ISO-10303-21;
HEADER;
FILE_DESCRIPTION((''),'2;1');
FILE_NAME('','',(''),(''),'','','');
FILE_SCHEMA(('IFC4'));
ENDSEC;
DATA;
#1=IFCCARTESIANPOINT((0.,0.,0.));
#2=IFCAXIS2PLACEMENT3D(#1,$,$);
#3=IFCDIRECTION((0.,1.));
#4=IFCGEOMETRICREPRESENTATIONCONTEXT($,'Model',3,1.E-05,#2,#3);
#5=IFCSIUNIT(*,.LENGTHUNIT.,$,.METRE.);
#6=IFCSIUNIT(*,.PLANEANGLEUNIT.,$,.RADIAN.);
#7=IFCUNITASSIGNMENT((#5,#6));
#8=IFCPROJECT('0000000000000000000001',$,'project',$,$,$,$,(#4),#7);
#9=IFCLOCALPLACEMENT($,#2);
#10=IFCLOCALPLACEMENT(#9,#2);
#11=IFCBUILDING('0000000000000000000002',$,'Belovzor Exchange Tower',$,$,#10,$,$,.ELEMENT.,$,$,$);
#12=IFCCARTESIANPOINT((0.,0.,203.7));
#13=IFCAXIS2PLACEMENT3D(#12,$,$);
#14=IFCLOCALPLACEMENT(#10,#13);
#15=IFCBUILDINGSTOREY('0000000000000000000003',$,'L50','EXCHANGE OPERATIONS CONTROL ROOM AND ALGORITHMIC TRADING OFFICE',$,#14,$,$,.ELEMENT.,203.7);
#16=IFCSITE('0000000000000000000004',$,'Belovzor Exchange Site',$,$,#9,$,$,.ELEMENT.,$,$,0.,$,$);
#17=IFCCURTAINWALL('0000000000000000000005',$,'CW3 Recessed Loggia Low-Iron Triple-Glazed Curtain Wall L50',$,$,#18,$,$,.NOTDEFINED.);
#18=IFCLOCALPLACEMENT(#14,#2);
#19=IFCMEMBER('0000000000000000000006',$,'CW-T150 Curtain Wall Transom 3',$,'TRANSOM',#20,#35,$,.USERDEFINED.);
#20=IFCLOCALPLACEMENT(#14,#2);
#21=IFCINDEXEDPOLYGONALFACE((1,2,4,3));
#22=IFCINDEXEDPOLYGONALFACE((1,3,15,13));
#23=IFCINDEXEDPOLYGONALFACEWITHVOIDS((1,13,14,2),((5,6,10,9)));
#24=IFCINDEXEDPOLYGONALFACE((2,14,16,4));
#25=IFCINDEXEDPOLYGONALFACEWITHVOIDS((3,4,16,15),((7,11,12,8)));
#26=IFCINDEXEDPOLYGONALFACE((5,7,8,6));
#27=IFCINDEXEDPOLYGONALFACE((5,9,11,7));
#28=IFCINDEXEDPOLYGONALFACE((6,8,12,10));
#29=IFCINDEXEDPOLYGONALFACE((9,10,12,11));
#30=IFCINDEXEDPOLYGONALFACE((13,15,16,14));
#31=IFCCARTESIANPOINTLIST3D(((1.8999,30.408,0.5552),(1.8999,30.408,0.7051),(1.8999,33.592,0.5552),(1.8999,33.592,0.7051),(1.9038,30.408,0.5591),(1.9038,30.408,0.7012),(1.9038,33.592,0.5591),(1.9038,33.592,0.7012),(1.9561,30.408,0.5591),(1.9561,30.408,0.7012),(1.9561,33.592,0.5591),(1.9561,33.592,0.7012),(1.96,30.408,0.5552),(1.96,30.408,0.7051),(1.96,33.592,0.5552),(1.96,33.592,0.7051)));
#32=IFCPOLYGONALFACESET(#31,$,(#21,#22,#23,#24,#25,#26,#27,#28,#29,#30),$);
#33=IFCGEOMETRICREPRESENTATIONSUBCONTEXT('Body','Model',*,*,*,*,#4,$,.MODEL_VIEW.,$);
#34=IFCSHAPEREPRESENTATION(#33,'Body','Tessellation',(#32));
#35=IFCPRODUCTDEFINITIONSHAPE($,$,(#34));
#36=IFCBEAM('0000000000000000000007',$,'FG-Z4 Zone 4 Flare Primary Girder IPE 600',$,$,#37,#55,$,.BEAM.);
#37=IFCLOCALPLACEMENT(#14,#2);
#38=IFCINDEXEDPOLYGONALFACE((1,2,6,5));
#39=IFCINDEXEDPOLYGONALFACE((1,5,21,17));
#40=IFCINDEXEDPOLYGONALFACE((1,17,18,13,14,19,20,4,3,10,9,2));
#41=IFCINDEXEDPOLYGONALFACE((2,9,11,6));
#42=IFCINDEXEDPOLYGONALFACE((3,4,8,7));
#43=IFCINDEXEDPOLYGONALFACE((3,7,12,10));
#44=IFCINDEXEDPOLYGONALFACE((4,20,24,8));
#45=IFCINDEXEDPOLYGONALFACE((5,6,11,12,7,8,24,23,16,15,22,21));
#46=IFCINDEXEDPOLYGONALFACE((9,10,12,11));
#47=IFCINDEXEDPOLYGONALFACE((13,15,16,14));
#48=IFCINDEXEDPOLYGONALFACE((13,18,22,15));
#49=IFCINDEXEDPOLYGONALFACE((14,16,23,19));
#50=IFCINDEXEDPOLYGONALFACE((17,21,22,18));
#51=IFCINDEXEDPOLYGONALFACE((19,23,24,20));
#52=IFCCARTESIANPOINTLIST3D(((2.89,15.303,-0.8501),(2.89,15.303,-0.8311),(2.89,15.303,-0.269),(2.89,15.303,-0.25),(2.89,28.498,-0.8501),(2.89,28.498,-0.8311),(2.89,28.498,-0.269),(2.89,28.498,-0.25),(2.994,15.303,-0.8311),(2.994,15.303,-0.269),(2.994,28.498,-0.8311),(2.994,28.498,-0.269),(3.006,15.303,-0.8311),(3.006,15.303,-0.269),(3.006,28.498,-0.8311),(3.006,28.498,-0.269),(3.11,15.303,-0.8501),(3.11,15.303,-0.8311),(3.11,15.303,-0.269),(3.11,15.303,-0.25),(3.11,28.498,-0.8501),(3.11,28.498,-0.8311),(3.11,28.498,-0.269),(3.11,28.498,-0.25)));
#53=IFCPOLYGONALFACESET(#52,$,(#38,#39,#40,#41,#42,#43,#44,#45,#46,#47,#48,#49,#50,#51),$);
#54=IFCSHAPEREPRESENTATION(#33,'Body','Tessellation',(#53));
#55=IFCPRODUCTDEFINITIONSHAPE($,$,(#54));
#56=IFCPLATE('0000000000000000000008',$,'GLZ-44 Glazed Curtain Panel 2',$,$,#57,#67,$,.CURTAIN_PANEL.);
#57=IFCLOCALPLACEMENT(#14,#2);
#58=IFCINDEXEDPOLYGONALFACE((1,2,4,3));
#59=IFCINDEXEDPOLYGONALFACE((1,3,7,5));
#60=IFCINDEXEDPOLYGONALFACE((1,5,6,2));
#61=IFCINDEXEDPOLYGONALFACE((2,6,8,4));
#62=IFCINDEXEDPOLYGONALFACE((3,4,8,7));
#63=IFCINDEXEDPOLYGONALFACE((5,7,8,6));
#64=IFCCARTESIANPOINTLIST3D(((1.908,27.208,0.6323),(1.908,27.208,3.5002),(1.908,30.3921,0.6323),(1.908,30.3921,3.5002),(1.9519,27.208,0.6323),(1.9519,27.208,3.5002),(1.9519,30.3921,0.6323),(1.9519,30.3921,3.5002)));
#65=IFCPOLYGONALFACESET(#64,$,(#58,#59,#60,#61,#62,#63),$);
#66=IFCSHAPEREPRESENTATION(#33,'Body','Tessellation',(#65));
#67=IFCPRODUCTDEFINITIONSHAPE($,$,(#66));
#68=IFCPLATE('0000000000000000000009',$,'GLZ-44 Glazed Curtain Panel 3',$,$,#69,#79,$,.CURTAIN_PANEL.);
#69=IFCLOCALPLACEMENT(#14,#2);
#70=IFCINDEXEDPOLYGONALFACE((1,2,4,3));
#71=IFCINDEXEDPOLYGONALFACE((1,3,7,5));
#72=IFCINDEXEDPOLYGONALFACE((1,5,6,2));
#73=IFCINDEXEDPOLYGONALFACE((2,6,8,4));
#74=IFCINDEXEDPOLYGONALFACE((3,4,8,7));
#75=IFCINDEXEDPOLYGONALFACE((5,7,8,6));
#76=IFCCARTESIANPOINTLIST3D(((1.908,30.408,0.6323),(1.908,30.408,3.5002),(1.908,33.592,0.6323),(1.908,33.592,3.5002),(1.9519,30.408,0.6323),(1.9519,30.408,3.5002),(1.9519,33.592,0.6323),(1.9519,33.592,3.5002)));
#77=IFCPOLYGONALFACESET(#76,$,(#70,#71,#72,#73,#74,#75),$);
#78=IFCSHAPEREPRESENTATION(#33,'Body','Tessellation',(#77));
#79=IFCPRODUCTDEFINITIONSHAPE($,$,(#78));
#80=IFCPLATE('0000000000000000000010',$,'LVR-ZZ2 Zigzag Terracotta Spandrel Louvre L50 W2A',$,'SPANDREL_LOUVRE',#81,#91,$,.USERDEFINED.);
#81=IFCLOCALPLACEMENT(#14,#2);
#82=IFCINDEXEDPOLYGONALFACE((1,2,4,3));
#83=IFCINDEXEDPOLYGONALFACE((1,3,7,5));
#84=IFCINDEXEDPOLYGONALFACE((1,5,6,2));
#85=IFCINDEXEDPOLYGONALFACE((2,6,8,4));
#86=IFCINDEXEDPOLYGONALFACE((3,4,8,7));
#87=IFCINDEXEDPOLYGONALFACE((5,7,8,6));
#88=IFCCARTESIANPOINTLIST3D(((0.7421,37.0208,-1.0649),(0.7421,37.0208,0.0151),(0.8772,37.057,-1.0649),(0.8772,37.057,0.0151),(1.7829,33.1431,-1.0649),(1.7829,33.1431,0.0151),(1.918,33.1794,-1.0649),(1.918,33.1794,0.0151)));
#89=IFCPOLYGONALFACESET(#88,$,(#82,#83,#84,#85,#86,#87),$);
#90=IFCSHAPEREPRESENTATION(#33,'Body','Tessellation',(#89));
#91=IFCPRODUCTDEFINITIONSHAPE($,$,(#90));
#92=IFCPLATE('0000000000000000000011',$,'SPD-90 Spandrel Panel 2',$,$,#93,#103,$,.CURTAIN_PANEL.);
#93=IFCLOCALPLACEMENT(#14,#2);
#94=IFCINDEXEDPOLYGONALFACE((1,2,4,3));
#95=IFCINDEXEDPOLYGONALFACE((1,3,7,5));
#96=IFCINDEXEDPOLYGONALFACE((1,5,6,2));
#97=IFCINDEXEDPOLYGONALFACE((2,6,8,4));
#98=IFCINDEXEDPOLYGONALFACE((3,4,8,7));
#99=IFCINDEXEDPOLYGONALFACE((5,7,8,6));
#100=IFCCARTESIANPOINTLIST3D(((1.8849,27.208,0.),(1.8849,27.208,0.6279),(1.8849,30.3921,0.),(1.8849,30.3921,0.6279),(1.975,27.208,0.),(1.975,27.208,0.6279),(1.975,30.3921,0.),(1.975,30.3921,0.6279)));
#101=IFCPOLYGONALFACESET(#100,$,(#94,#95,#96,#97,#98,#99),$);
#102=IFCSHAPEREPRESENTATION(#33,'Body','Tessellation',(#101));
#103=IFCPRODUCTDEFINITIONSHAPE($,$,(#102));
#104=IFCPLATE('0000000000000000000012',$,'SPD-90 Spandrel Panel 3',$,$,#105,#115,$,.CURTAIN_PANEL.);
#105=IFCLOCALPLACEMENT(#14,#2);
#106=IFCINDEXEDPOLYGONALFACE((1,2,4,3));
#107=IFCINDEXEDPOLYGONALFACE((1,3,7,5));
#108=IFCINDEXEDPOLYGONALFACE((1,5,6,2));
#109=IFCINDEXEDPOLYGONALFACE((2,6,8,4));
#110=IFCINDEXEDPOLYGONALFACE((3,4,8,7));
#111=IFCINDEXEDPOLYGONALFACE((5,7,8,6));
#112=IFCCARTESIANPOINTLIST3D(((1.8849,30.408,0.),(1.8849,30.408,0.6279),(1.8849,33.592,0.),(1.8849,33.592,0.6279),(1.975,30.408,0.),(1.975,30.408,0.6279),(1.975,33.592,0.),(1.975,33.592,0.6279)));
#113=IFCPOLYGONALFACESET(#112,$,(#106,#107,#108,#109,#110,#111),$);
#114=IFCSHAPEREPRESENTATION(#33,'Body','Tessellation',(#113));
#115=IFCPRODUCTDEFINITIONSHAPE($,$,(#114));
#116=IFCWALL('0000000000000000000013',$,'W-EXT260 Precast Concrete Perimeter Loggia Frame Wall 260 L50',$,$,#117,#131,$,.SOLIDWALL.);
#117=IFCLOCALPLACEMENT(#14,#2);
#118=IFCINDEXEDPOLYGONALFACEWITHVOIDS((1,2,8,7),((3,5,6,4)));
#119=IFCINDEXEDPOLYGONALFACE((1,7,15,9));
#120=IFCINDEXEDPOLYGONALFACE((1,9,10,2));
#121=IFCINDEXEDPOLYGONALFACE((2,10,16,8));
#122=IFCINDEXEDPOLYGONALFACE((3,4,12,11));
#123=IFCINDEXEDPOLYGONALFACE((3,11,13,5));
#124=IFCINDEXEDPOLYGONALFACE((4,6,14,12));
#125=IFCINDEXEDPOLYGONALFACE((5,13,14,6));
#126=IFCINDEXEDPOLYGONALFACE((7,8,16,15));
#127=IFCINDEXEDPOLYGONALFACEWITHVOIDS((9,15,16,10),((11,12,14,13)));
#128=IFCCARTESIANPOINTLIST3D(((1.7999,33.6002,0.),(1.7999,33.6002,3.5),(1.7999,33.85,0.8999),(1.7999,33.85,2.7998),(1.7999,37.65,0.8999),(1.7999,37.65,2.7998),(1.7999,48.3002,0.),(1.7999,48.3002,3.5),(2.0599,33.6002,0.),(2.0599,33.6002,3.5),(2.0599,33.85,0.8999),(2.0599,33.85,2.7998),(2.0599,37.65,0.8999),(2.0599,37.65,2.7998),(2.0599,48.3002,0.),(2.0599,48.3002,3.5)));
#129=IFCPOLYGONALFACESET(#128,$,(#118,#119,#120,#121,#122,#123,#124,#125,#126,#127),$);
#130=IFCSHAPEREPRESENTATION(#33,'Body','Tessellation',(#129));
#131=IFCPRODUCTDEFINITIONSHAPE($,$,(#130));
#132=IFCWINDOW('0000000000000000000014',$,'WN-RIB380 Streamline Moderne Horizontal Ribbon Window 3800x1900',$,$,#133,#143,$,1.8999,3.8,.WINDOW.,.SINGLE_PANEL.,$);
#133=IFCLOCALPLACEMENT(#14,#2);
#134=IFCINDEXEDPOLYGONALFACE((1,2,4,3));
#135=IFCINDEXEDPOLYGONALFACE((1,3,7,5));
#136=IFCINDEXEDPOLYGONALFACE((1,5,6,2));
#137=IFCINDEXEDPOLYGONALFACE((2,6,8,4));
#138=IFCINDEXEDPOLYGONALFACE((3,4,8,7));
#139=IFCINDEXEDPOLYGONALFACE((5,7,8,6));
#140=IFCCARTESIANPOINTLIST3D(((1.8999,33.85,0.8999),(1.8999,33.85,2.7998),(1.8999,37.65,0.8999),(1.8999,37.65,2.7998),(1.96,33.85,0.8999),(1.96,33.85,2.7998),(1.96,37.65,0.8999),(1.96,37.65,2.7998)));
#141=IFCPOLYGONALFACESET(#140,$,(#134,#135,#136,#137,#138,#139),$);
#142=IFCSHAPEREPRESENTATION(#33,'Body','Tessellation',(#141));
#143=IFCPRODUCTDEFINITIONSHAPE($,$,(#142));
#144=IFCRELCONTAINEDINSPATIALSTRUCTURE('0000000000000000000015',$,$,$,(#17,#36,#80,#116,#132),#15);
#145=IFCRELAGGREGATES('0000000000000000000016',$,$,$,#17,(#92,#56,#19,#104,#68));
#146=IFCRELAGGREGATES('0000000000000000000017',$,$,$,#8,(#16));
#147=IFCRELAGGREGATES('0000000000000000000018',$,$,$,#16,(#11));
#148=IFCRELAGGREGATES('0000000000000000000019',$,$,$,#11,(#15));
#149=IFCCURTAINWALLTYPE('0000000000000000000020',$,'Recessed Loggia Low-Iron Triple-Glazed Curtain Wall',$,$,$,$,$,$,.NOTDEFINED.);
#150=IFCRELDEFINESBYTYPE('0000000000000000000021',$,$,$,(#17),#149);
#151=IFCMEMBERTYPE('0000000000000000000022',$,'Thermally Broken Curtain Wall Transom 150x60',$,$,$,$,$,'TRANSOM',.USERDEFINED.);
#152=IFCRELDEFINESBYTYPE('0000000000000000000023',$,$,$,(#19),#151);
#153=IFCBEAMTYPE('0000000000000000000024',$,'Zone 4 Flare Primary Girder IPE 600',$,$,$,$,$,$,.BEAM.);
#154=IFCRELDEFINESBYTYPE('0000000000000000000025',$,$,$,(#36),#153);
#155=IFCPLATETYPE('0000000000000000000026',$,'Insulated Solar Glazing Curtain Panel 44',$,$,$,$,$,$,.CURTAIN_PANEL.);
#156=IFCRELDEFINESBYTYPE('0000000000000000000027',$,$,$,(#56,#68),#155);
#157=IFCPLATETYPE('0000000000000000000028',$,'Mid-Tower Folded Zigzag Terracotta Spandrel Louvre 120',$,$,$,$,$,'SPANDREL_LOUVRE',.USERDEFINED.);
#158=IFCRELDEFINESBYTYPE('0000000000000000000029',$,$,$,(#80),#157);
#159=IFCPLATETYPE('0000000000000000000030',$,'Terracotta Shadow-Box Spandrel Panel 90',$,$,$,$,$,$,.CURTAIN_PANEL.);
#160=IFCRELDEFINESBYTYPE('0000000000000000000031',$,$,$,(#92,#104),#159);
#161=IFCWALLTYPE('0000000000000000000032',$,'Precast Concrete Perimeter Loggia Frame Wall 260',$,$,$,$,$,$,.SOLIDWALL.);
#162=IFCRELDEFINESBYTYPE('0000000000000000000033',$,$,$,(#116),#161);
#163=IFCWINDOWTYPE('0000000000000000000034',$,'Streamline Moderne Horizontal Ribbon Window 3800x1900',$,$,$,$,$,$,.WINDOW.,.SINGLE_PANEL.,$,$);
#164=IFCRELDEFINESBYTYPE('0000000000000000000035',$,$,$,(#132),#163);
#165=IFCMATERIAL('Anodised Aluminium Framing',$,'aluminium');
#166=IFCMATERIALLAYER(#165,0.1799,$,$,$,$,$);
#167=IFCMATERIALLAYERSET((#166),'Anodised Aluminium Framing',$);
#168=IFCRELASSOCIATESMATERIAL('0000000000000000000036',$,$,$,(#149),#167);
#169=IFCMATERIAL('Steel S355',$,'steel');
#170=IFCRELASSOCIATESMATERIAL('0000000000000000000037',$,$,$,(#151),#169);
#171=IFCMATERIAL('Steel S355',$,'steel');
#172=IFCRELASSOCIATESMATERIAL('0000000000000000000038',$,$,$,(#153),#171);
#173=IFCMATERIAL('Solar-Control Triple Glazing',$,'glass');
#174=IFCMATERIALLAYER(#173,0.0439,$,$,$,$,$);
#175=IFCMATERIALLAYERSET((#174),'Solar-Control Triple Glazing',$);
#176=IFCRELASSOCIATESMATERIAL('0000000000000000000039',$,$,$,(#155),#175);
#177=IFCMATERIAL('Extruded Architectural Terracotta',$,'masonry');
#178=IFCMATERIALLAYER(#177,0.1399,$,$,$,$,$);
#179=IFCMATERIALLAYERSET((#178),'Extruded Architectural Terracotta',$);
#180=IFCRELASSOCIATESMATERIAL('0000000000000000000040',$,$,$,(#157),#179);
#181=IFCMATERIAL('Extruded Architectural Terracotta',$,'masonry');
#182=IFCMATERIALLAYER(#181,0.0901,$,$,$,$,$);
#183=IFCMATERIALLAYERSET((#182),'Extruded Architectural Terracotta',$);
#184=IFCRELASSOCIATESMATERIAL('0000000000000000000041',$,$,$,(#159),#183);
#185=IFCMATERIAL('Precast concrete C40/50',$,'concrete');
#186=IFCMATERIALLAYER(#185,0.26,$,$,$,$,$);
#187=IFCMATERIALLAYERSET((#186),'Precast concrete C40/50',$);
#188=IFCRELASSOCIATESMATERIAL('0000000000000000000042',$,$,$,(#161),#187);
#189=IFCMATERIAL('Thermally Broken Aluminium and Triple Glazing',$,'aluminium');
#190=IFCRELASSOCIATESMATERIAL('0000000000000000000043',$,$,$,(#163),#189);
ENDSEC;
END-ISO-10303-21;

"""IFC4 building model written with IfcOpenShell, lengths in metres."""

from ifc_helpers import new_model, si_unit, direction, frame, frame_2d, origin, origin_2d, place, context, subcontext, project, spatial, rectangle, hollow_rectangle, i_section, extrude, material, layer, layer_set, material_profile, profile_set, type_object, element, fill, aggregate, save


model = new_model("IFC4")

# Units and contexts
model_context = context("Model", 3, precision=1e-05, world=origin(), true_north=direction((0.0, 1.0)))
body_context = subcontext(model_context, "Body", "Model", "MODEL_VIEW")
ifc_project = project(units=[si_unit("LENGTHUNIT", "METRE"), si_unit("PLANEANGLEUNIT", "RADIAN")], contexts=[model_context])

# Site, building, storey
site_placement = place(None, origin())
site = spatial("IfcSite", under=ifc_project, at=site_placement, Name="Belovzor Exchange Site", CompositionType="ELEMENT", RefElevation=0.0)
building_placement = place(site_placement, origin())
building = spatial("IfcBuilding", under=site, at=building_placement, Name="Belovzor Exchange Tower", CompositionType="ELEMENT")
storey_placement = place(building_placement, frame((0.0, 0.0, 203.7)))
storey = spatial("IfcBuildingStorey", under=building, at=storey_placement, Name="L50", Description="EXCHANGE OPERATIONS CONTROL ROOM AND ALGORITHMIC TRADING OFFICE", CompositionType="ELEMENT", Elevation=203.7)

# Curtain wall, member
ifc_material_1 = material(Name="Anodised Aluminium Framing", Category="aluminium")
ifc_layer_1 = layer(ifc_material_1, 0.1799)
ifc_layer_set_1 = layer_set([ifc_layer_1], Name="Anodised Aluminium Framing")
curtain_wall_type = type_object("IfcCurtainWallType", Name="Recessed Loggia Low-Iron Triple-Glazed Curtain Wall", PredefinedType="NOTDEFINED", material=ifc_layer_set_1)
curtain_wall_placement = place(storey_placement, origin())
curtain_wall = element("IfcCurtainWall", 1, at=curtain_wall_placement, inside=storey, type_object=curtain_wall_type, Name="CW3 Recessed Loggia Low-Iron Triple-Glazed Curtain Wall L50", PredefinedType="NOTDEFINED")
ifc_material_2 = material(Name="Steel S355", Category="steel")
ifc_material_profile_1 = material_profile(ifc_material_2, hollow_rectangle(XDim=0.0601, YDim=0.1499, WallThickness=0.0039, at=origin_2d()))
ifc_profile_set_1 = profile_set([ifc_material_profile_1], Name="Steel S355")
member_type_1 = type_object("IfcMemberType", Name="Thermally Broken Curtain Wall Transom 150x60", ElementType="TRANSOM", PredefinedType="USERDEFINED", material=ifc_profile_set_1)
member_1_placement = place(storey_placement, frame((1.9299, 30.408, 0.6301), z_axis=(0.0, 1.0, 0.0), x_axis=(-1.0, 0.0, 0.0)))
member_1 = element("IfcMember", 2, at=member_1_placement, type_object=member_type_1, Name="CW-T150 Curtain Wall Transom 3", ObjectType="TRANSOM", PredefinedType="USERDEFINED", context=body_context, shape_type="SweptSolid", body=[
    extrude(hollow_rectangle(XDim=0.0601, YDim=0.1499, WallThickness=0.0039, at=origin_2d()), origin(), (0.0, 0.0, 1.0), 3.1841),
])

# Beam
ifc_material_3 = material(Name="Steel S355", Category="steel")
ifc_material_profile_2 = material_profile(ifc_material_3, i_section(OverallWidth=0.22, OverallDepth=0.6001, WebThickness=0.012, FlangeThickness=0.019, at=origin_2d()))
ifc_profile_set_2 = profile_set([ifc_material_profile_2], Name="Steel S355")
beam_type_1 = type_object("IfcBeamType", Name="Zone 4 Flare Primary Girder IPE 600", PredefinedType="BEAM", material=ifc_profile_set_2)
beam_1_placement = place(storey_placement, frame((3.0, 28.498, -0.55), z_axis=(0.0, -1.0, 0.0), x_axis=(1.0, 0.0, 0.0)))
element("IfcBeam", 3, at=beam_1_placement, inside=storey, type_object=beam_type_1, Name="FG-Z4 Zone 4 Flare Primary Girder IPE 600", PredefinedType="BEAM", context=body_context, shape_type="SweptSolid", body=[
    extrude(i_section(OverallWidth=0.22, OverallDepth=0.6001, WebThickness=0.012, FlangeThickness=0.019, at=origin_2d()), origin(), (0.0, 0.0, 1.0), 13.1951),
])

# Plates
ifc_material_4 = material(Name="Solar-Control Triple Glazing", Category="glass")
ifc_layer_2 = layer(ifc_material_4, 0.0439)
ifc_layer_set_2 = layer_set([ifc_layer_2], Name="Solar-Control Triple Glazing")
plate_type_1 = type_object("IfcPlateType", Name="Insulated Solar Glazing Curtain Panel 44", PredefinedType="CURTAIN_PANEL", material=ifc_layer_set_2)
plate_1_placement = place(storey_placement, frame((1.9299, 28.8, 0.6323), z_axis=(0.0, 0.0, 1.0), x_axis=(0.0, 1.0, 0.0)))
plate_1 = element("IfcPlate", 4, at=plate_1_placement, type_object=plate_type_1, Name="GLZ-44 Glazed Curtain Panel 2", PredefinedType="CURTAIN_PANEL", context=body_context, shape_type="SweptSolid", body=[
    extrude(rectangle(XDim=3.1841, YDim=0.0439, at=origin_2d()), origin(), (0.0, 0.0, 1.0), 2.8679),
])
plate_2_placement = place(storey_placement, frame((1.9299, 32.0, 0.6323), z_axis=(0.0, 0.0, 1.0), x_axis=(0.0, 1.0, 0.0)))
plate_2 = element("IfcPlate", 5, at=plate_2_placement, type_object=plate_type_1, Name="GLZ-44 Glazed Curtain Panel 3", PredefinedType="CURTAIN_PANEL", context=body_context, shape_type="SweptSolid", body=[
    extrude(rectangle(XDim=3.1841, YDim=0.0439, at=origin_2d()), origin(), (0.0, 0.0, 1.0), 2.8679),
])
ifc_material_5 = material(Name="Extruded Architectural Terracotta", Category="masonry")
ifc_layer_3 = layer(ifc_material_5, 0.1399)
ifc_layer_set_3 = layer_set([ifc_layer_3], Name="Extruded Architectural Terracotta")
plate_type_2 = type_object("IfcPlateType", Name="Mid-Tower Folded Zigzag Terracotta Spandrel Louvre 120", ElementType="SPANDREL_LOUVRE", PredefinedType="USERDEFINED", material=ifc_layer_set_3)
plate_3_placement = place(storey_placement, frame((1.3301, 35.1001, -1.0649), z_axis=(0.0, 0.0, 1.0), x_axis=(-0.25924, 0.965813, 0.0)))
element("IfcPlate", 6, at=plate_3_placement, inside=storey, type_object=plate_type_2, Name="LVR-ZZ2 Zigzag Terracotta Spandrel Louvre L50 W2A", ObjectType="SPANDREL_LOUVRE", PredefinedType="USERDEFINED", context=body_context, shape_type="SweptSolid", body=[
    extrude(rectangle(XDim=4.0149, YDim=0.1399, at=origin_2d()), origin(), (0.0, 0.0, 1.0), 1.0801),
])
ifc_material_6 = material(Name="Extruded Architectural Terracotta", Category="masonry")
ifc_layer_4 = layer(ifc_material_6, 0.0901)
ifc_layer_set_4 = layer_set([ifc_layer_4], Name="Extruded Architectural Terracotta")
plate_type_3 = type_object("IfcPlateType", Name="Terracotta Shadow-Box Spandrel Panel 90", PredefinedType="CURTAIN_PANEL", material=ifc_layer_set_4)
plate_4_placement = place(storey_placement, frame((1.9299, 28.8, 0.0), z_axis=(0.0, 0.0, 1.0), x_axis=(0.0, 1.0, 0.0)))
plate_4 = element("IfcPlate", 7, at=plate_4_placement, type_object=plate_type_3, Name="SPD-90 Spandrel Panel 2", PredefinedType="CURTAIN_PANEL", context=body_context, shape_type="SweptSolid", body=[
    extrude(rectangle(XDim=3.1841, YDim=0.0901, at=origin_2d()), origin(), (0.0, 0.0, 1.0), 0.6279),
])
plate_5_placement = place(storey_placement, frame((1.9299, 32.0, 0.0), z_axis=(0.0, 0.0, 1.0), x_axis=(0.0, 1.0, 0.0)))
plate_5 = element("IfcPlate", 8, at=plate_5_placement, type_object=plate_type_3, Name="SPD-90 Spandrel Panel 3", PredefinedType="CURTAIN_PANEL", context=body_context, shape_type="SweptSolid", body=[
    extrude(rectangle(XDim=3.1841, YDim=0.0901, at=origin_2d()), origin(), (0.0, 0.0, 1.0), 0.6279),
])
aggregate(curtain_wall, [plate_4, plate_1, member_1, plate_5, plate_2])

# Wall, opening, window
ifc_material_7 = material(Name="Precast concrete C40/50", Category="concrete")
ifc_layer_5 = layer(ifc_material_7, 0.26)
ifc_layer_set_5 = layer_set([ifc_layer_5], Name="Precast concrete C40/50")
wall_type = type_object("IfcWallType", Name="Precast Concrete Perimeter Loggia Frame Wall 260", PredefinedType="SOLIDWALL", material=ifc_layer_set_5)
wall_placement = place(storey_placement, frame((1.9299, 33.6001, 0.0), z_axis=(0.0, 0.0, 1.0), x_axis=(0.0, 1.0, 0.0)))
wall = element("IfcWall", 9, at=wall_placement, inside=storey, type_object=wall_type, Name="W-EXT260 Precast Concrete Perimeter Loggia Frame Wall 260 L50", PredefinedType="SOLIDWALL", context=body_context, shape_type="SweptSolid", body=[
    extrude(rectangle(XDim=14.7, YDim=0.26, at=frame_2d((7.3501, 0.0))), origin(), (0.0, 0.0, 1.0), 3.5),
])
opening_placement = place(wall_placement, frame((0.25, 0.0, 0.8999)))
opening = element("IfcOpeningElement", 10, at=opening_placement, cuts=wall, PredefinedType="OPENING", context=body_context, shape_type="SweptSolid", body=[
    extrude(rectangle(XDim=3.8, YDim=1.8999, at=frame_2d((1.8999, 0.95))), frame((0.0, 0.1399, 0.0), z_axis=(0.0, -1.0, 0.0), x_axis=(1.0, 0.0, 0.0)), (0.0, 0.0, 1.0), 0.28),
])
ifc_material_8 = material(Name="Thermally Broken Aluminium and Triple Glazing", Category="aluminium")
window_type = type_object("IfcWindowType", Name="Streamline Moderne Horizontal Ribbon Window 3800x1900", PartitioningType="SINGLE_PANEL", PredefinedType="WINDOW", material=ifc_material_8)
window_placement = place(opening_placement, origin())
window = element("IfcWindow", 11, at=window_placement, inside=storey, type_object=window_type, Name="WN-RIB380 Streamline Moderne Horizontal Ribbon Window 3800x1900", OverallHeight=1.8999, OverallWidth=3.8, PartitioningType="SINGLE_PANEL", PredefinedType="WINDOW", context=body_context, shape_type="SweptSolid", body=[
    extrude(rectangle(XDim=3.8, YDim=1.8999, at=frame_2d((1.8999, 0.95))), frame((0.0, 0.03, 0.0), z_axis=(0.0, -1.0, 0.0), x_axis=(1.0, 0.0, 0.0)), (0.0, 0.0, 1.0), 0.0601),
])
fill(opening, window)

save(model, "model.ifc")
